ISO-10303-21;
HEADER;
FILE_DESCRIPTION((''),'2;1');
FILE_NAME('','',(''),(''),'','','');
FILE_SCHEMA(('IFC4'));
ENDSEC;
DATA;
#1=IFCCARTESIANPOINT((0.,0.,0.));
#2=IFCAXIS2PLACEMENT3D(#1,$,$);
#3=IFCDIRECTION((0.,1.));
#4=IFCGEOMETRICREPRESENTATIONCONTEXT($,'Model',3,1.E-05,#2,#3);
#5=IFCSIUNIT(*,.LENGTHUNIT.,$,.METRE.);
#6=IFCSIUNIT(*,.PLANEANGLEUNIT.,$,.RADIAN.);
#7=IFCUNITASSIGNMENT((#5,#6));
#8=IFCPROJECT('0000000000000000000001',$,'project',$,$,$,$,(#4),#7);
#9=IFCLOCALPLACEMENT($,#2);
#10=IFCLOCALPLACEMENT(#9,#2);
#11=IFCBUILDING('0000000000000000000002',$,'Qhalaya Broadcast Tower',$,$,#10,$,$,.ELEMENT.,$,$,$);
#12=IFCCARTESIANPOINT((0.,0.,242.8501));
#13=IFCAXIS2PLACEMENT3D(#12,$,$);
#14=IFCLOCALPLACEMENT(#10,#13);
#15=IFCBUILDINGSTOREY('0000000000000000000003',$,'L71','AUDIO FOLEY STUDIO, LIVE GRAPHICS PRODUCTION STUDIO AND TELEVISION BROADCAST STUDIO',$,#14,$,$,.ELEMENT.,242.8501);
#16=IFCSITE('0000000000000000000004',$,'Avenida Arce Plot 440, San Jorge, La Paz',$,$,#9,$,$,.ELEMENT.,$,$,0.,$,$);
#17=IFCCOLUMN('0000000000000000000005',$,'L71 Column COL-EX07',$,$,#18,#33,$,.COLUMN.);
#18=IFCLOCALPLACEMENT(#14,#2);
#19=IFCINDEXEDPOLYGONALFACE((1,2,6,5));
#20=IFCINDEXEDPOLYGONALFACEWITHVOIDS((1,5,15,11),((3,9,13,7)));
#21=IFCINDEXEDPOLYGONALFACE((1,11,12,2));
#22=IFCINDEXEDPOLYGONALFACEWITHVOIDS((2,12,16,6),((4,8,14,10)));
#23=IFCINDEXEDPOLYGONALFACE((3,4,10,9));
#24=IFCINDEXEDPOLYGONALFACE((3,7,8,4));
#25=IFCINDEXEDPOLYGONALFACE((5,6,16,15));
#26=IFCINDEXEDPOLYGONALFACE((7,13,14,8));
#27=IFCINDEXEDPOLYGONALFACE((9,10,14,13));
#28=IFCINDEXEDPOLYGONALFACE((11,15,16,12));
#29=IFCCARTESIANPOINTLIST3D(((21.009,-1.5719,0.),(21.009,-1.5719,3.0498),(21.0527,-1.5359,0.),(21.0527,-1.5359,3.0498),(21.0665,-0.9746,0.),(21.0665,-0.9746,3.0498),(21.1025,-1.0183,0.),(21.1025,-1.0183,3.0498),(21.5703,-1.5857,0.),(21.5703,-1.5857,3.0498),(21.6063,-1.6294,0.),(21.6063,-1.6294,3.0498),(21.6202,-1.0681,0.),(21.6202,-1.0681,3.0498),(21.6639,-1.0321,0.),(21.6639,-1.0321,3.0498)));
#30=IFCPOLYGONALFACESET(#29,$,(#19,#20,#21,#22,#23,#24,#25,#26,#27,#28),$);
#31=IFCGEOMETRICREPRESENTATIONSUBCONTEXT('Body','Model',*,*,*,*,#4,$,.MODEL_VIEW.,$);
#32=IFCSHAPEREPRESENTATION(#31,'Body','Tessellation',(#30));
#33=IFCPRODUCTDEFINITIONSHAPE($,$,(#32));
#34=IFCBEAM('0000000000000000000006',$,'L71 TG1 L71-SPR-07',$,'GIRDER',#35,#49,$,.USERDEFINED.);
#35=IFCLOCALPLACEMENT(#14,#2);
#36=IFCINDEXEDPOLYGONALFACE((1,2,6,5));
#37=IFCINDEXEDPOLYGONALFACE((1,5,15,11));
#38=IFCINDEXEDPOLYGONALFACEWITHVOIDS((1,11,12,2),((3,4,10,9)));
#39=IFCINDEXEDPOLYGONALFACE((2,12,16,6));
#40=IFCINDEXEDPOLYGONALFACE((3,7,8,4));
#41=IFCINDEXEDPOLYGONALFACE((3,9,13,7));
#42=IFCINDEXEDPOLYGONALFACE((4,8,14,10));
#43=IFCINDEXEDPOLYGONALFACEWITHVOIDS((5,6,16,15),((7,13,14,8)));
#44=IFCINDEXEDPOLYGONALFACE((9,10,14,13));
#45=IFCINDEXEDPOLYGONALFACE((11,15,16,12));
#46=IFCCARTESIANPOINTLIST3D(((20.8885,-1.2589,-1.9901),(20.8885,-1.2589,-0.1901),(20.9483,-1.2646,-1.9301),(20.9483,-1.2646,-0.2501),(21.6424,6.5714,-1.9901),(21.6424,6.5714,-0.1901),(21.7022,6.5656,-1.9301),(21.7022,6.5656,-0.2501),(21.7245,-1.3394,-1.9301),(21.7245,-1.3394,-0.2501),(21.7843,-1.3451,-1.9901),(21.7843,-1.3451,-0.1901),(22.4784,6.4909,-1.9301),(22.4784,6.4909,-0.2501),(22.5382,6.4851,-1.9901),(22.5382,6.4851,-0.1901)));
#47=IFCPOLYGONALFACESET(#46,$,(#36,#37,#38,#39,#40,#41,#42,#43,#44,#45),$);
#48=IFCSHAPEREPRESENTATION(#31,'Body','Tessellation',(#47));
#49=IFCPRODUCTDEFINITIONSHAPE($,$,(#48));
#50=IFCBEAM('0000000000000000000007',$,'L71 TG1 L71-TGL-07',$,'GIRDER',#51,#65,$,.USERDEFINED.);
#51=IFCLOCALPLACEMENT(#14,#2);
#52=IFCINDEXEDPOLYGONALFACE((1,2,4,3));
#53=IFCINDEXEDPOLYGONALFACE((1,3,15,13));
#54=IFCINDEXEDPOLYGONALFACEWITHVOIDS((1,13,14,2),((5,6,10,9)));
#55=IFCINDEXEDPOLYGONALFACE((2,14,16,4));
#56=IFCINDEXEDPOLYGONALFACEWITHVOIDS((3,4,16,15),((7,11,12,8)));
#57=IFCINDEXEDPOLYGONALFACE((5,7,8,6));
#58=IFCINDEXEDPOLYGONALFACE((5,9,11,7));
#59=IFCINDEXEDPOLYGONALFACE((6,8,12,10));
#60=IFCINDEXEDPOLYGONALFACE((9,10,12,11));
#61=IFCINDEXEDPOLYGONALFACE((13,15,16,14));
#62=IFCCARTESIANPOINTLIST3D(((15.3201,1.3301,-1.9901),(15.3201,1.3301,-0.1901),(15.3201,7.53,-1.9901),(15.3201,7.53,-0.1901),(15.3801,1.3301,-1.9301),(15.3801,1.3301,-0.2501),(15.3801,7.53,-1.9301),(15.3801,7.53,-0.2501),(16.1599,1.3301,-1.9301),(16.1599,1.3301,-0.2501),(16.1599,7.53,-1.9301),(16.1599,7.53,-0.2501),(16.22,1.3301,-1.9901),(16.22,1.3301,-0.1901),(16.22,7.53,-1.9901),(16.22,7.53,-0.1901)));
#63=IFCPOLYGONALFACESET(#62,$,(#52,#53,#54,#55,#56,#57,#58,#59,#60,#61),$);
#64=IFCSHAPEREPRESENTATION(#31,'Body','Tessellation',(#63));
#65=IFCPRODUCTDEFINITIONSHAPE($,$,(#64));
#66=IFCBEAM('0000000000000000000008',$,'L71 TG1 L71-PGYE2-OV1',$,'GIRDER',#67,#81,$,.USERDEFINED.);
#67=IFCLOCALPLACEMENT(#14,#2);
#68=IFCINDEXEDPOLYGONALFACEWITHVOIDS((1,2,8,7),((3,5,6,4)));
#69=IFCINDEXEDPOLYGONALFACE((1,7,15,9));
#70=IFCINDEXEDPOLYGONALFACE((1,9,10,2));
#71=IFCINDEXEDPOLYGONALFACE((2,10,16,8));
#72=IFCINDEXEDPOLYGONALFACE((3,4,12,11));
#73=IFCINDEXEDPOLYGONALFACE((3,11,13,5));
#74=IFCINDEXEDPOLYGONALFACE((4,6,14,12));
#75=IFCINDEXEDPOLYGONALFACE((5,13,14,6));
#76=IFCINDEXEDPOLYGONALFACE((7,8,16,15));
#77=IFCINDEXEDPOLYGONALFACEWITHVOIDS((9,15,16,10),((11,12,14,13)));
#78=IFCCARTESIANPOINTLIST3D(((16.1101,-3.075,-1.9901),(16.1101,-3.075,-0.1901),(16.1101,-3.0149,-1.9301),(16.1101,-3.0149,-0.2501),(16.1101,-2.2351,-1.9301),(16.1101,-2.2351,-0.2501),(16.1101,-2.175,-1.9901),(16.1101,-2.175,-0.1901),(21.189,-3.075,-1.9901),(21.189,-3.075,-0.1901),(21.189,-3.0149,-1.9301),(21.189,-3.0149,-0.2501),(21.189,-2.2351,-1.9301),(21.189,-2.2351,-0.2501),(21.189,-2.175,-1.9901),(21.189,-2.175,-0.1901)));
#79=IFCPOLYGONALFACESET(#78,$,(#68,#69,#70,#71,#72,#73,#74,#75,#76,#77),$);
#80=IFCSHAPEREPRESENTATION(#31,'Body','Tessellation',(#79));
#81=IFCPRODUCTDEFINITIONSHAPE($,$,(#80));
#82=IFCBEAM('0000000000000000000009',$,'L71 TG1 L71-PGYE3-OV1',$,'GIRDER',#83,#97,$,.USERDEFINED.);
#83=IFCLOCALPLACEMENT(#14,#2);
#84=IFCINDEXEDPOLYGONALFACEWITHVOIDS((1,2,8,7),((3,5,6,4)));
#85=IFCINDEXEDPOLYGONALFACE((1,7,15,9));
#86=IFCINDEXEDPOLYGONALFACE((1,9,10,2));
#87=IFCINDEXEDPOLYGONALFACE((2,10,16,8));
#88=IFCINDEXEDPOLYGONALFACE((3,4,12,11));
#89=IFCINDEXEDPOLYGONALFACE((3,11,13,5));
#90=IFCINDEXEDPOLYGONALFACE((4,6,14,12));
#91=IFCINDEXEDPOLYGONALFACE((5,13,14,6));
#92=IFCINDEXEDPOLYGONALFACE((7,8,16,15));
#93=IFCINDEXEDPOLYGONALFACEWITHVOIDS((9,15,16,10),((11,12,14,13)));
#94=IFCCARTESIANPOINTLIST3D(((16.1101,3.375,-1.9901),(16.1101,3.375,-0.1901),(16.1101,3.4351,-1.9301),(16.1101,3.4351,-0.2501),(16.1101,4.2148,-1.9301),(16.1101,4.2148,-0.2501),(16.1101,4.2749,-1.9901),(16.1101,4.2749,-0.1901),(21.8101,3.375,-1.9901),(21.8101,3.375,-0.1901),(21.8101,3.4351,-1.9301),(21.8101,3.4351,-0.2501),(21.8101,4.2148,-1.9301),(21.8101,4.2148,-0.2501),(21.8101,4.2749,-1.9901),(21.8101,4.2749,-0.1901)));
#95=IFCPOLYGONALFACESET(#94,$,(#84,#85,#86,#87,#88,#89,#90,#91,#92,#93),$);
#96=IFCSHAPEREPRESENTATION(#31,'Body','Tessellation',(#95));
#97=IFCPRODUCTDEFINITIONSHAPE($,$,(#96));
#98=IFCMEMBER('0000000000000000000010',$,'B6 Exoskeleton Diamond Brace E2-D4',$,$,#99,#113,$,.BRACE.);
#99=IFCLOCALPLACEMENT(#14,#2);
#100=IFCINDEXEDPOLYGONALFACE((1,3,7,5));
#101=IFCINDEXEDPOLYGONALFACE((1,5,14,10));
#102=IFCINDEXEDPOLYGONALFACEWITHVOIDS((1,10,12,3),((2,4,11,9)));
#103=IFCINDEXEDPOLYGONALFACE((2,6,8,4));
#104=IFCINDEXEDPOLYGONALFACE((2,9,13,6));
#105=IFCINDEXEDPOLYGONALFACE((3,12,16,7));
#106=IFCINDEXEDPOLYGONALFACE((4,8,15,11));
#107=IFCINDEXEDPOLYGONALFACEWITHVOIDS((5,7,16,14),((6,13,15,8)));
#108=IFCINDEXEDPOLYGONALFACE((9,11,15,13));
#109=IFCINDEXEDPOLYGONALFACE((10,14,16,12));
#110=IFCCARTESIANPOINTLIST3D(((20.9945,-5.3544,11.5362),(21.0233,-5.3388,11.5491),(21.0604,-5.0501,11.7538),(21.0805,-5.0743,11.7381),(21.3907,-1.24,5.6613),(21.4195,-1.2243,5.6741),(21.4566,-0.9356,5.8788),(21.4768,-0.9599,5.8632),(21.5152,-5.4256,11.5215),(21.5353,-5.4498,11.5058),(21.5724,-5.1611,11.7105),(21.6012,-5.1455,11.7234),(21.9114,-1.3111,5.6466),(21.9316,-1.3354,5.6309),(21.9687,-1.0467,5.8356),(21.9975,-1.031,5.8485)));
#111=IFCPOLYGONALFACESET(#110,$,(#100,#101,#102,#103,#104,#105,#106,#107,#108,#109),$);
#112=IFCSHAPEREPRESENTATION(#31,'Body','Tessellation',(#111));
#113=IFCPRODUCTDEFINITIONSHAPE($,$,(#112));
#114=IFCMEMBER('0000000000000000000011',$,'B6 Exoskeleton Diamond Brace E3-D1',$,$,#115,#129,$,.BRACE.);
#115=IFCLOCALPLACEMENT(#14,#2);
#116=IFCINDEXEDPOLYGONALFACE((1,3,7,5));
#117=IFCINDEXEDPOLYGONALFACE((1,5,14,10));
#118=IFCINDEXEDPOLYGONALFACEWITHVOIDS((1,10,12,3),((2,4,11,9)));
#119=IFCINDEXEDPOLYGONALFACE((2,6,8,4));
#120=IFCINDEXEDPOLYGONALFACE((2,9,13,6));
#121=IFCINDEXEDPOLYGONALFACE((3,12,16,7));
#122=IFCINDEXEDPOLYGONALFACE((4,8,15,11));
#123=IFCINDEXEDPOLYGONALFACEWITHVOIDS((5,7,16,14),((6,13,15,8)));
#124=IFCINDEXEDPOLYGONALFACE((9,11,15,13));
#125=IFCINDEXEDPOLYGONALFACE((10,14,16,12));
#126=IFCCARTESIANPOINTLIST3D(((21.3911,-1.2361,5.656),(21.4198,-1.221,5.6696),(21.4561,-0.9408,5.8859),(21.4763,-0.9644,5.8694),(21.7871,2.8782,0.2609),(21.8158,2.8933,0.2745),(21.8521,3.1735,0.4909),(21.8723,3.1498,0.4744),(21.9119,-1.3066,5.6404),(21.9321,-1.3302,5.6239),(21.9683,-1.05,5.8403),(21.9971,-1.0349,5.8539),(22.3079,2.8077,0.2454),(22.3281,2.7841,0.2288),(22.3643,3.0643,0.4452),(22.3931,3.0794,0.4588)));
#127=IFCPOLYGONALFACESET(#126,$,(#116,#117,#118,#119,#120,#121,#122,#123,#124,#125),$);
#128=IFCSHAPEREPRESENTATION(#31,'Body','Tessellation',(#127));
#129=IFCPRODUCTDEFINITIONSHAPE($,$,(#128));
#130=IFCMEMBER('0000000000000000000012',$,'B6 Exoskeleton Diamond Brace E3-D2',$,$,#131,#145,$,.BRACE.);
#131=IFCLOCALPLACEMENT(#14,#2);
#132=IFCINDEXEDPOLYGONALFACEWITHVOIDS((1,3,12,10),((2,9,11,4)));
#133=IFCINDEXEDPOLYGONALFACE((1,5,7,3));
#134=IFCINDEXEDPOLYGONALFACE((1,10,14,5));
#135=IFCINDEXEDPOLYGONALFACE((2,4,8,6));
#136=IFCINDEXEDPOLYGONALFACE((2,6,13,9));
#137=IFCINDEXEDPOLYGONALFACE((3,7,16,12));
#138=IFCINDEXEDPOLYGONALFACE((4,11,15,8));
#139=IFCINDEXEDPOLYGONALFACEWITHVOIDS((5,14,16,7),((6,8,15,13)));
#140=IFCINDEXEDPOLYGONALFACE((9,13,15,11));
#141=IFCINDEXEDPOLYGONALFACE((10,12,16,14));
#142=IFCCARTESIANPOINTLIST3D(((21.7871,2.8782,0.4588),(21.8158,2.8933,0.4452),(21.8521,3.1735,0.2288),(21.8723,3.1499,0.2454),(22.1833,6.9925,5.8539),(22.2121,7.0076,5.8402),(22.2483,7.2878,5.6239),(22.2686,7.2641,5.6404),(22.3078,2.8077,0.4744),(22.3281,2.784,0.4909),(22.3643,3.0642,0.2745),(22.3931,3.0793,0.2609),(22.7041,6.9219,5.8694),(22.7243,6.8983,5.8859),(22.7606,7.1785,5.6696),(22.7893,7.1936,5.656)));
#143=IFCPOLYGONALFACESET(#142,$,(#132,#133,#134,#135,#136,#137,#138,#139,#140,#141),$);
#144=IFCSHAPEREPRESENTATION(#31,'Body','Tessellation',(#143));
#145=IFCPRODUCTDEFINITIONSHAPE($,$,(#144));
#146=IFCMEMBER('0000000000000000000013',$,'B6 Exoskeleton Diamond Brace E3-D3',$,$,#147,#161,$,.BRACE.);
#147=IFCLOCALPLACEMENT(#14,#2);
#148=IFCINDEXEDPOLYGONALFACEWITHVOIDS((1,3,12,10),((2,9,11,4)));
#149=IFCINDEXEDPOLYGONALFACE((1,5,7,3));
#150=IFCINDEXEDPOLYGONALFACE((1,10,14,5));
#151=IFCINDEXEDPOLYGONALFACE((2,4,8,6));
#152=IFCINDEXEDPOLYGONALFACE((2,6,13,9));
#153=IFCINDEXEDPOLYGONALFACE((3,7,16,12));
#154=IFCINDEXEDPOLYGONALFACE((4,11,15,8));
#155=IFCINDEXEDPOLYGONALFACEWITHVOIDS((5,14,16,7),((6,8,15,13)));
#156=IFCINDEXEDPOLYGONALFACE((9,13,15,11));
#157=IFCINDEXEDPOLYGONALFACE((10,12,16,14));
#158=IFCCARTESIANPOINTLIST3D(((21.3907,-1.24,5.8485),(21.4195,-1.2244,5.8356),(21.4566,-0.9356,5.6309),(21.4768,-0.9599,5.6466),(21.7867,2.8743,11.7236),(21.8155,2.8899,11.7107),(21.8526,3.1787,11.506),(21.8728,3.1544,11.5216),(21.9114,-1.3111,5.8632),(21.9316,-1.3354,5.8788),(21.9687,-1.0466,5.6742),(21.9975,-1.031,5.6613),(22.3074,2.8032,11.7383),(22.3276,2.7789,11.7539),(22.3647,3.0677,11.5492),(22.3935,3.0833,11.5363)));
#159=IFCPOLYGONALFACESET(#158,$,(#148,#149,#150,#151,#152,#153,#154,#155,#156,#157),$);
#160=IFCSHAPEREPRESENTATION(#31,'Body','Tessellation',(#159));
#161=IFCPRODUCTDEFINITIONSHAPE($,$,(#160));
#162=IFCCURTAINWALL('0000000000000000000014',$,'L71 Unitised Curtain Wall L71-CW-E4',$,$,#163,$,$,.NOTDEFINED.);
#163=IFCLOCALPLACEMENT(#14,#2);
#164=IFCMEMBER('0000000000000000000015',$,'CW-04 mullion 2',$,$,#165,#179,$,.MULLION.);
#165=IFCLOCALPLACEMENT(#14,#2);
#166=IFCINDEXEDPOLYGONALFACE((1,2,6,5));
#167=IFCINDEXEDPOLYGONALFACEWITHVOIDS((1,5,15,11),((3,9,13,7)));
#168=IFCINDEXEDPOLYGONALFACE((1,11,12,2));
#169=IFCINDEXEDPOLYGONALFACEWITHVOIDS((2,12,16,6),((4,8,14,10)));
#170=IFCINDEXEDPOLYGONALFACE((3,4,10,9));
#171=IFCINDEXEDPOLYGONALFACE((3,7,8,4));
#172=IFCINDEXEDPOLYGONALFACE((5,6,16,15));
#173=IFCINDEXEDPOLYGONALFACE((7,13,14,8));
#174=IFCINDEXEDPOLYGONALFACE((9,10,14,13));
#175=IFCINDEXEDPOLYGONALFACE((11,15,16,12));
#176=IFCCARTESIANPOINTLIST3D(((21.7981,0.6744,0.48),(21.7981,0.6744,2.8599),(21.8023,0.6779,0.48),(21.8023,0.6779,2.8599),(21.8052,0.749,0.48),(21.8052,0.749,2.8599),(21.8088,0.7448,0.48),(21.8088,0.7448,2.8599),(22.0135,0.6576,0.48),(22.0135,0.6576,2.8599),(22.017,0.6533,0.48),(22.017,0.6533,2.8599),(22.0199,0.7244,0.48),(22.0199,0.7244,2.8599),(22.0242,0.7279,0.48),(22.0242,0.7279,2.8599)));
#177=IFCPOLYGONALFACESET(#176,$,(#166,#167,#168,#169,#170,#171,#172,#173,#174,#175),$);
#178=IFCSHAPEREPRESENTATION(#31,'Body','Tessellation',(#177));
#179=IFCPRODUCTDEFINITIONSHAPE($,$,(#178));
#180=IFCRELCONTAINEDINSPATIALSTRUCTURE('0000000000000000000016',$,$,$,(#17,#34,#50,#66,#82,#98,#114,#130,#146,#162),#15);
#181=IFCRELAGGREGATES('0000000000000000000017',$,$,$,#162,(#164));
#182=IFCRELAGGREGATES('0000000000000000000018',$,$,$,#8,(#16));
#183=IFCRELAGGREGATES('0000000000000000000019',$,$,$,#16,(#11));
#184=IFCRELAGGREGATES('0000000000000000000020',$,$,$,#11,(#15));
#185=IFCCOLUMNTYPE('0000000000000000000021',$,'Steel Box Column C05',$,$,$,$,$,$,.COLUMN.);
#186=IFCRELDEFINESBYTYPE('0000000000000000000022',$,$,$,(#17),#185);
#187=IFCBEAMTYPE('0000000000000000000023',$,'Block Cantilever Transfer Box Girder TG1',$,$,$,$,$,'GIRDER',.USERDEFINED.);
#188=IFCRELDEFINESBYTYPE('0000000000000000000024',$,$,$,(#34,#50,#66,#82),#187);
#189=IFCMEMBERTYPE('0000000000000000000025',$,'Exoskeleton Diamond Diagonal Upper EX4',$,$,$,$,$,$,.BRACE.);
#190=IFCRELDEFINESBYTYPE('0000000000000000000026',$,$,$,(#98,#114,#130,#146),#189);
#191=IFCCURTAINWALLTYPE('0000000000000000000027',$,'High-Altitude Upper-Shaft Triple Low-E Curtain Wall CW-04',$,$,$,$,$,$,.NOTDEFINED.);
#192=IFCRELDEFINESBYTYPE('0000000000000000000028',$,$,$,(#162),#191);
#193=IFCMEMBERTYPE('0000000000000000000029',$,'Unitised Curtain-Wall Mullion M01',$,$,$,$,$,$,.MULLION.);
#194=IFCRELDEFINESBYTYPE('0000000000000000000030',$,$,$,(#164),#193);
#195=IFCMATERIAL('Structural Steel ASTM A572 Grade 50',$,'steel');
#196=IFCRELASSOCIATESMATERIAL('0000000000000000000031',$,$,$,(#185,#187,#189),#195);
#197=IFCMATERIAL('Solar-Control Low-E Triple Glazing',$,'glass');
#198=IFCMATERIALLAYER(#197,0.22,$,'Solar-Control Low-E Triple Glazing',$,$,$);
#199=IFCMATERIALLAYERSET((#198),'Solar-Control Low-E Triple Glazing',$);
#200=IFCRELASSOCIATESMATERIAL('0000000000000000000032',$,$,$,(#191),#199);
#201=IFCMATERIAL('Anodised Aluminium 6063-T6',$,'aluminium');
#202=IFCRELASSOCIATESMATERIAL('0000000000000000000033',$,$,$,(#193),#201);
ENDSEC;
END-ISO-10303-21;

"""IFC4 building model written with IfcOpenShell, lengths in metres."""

from ifc_helpers import new_model, si_unit, direction, frame, origin, origin_2d, place, context, subcontext, project, spatial, hollow_rectangle, extrude, material, layer, layer_set, material_profile, profile_set, type_object, element, aggregate, save


model = new_model("IFC4")

# Units and contexts
model_context = context("Model", 3, precision=1e-05, world=origin(), true_north=direction((0.0, 1.0)))
body_context = subcontext(model_context, "Body", "Model", "MODEL_VIEW")
ifc_project = project(units=[si_unit("LENGTHUNIT", "METRE"), si_unit("PLANEANGLEUNIT", "RADIAN")], contexts=[model_context])

# Site, building, storey
site_placement = place(None, origin())
site = spatial("IfcSite", under=ifc_project, at=site_placement, Name="Avenida Arce Plot 440, San Jorge, La Paz", CompositionType="ELEMENT", RefElevation=0.0)
building_placement = place(site_placement, origin())
building = spatial("IfcBuilding", under=site, at=building_placement, Name="Qhalaya Broadcast Tower", CompositionType="ELEMENT")
storey_placement = place(building_placement, frame((0.0, 0.0, 242.8501)))
storey = spatial("IfcBuildingStorey", under=building, at=storey_placement, Name="L71", Description="AUDIO FOLEY STUDIO, LIVE GRAPHICS PRODUCTION STUDIO AND TELEVISION BROADCAST STUDIO", CompositionType="ELEMENT", Elevation=242.8501)

# Column
ifc_material_1 = material(Name="Structural Steel ASTM A572 Grade 50", Category="steel")
ifc_material_profile_1 = material_profile(ifc_material_1, hollow_rectangle(XDim=0.6001, YDim=0.6001, WallThickness=0.04, at=origin_2d()), Name="BOX 600x600x40")
ifc_profile_set_1 = profile_set([ifc_material_profile_1], Name="Structural Steel ASTM A572 Grade 50")
column_type = type_object("IfcColumnType", Name="Steel Box Column C05", PredefinedType="COLUMN", material=ifc_profile_set_1)
column_placement = place(storey_placement, frame((21.3364, -1.302, 0.0), z_axis=(0.0, 0.0, 1.0), x_axis=(0.095846, 0.995396, 0.0)))
element("IfcColumn", 1, at=column_placement, inside=storey, type_object=column_type, Name="L71 Column COL-EX07", PredefinedType="COLUMN", context=body_context, shape_type="SweptSolid", body=[
    extrude(hollow_rectangle(XDim=0.6001, YDim=0.6001, WallThickness=0.04, at=origin_2d()), origin(), (0.0, 0.0, 1.0), 3.0498),
])

# Beams
ifc_material_profile_2 = material_profile(ifc_material_1, hollow_rectangle(XDim=0.8999, YDim=1.8, WallThickness=0.0601, at=origin_2d()), Name="BOX 900x1800x60")
ifc_profile_set_2 = profile_set([ifc_material_profile_2], Name="Structural Steel ASTM A572 Grade 50")
beam_type = type_object("IfcBeamType", Name="Block Cantilever Transfer Box Girder TG1", ElementType="GIRDER", PredefinedType="USERDEFINED", material=ifc_profile_set_2)
beam_1_placement = place(storey_placement, frame((21.3364, -1.302, -1.0901), z_axis=(0.095837, 0.995397, 0.0), x_axis=(-0.995397, 0.095837, 0.0)))
element("IfcBeam", 2, at=beam_1_placement, inside=storey, type_object=beam_type, Name="L71 TG1 L71-SPR-07", ObjectType="GIRDER", PredefinedType="USERDEFINED", context=body_context, shape_type="SweptSolid", body=[
    extrude(hollow_rectangle(XDim=0.8999, YDim=1.8, WallThickness=0.0601, at=origin_2d()), origin(), (0.0, 0.0, 1.0), 7.8665),
])
beam_2_placement = place(storey_placement, frame((15.77, 1.3301, -1.0901), z_axis=(0.0, 1.0, 0.0), x_axis=(-1.0, 0.0, 0.0)))
element("IfcBeam", 3, at=beam_2_placement, inside=storey, type_object=beam_type, Name="L71 TG1 L71-TGL-07", ObjectType="GIRDER", PredefinedType="USERDEFINED", context=body_context, shape_type="SweptSolid", body=[
    extrude(hollow_rectangle(XDim=0.8999, YDim=1.8, WallThickness=0.0601, at=origin_2d()), origin(), (0.0, 0.0, 1.0), 6.2),
])
beam_3_placement = place(storey_placement, frame((16.1101, -2.625, -1.0901), z_axis=(1.0, 0.0, 0.0), x_axis=(0.0, 1.0, 0.0)))
element("IfcBeam", 4, at=beam_3_placement, inside=storey, type_object=beam_type, Name="L71 TG1 L71-PGYE2-OV1", ObjectType="GIRDER", PredefinedType="USERDEFINED", context=body_context, shape_type="SweptSolid", body=[
    extrude(hollow_rectangle(XDim=0.8999, YDim=1.8, WallThickness=0.0601, at=origin_2d()), origin(), (0.0, 0.0, 1.0), 5.0789),
])
beam_4_placement = place(storey_placement, frame((16.1101, 3.825, -1.0901), z_axis=(1.0, 0.0, 0.0), x_axis=(0.0, 1.0, 0.0)))
element("IfcBeam", 5, at=beam_4_placement, inside=storey, type_object=beam_type, Name="L71 TG1 L71-PGYE3-OV1", ObjectType="GIRDER", PredefinedType="USERDEFINED", context=body_context, shape_type="SweptSolid", body=[
    extrude(hollow_rectangle(XDim=0.8999, YDim=1.8, WallThickness=0.0601, at=origin_2d()), origin(), (0.0, 0.0, 1.0), 5.7),
])

# Members
ifc_material_profile_3 = material_profile(ifc_material_1, hollow_rectangle(XDim=0.3799, YDim=0.55, WallThickness=0.0249, at=origin_2d()), Name="BOX 380x550x25")
ifc_profile_set_3 = profile_set([ifc_material_profile_3], Name="Structural Steel ASTM A572 Grade 50")
member_type_1 = type_object("IfcMemberType", Name="Exoskeleton Diamond Diagonal Upper EX4", PredefinedType="BRACE", material=ifc_profile_set_3)
member_1_placement = place(storey_placement, frame((21.6941, -1.1355, 5.7549), z_axis=(-0.05516, -0.572776, 0.817854), x_axis=(0.173443, 0.801152, 0.572777)))
element("IfcMember", 6, at=member_1_placement, inside=storey, type_object=member_type_1, Name="B6 Exoskeleton Diamond Brace E2-D4", PredefinedType="BRACE", context=body_context, shape_type="SweptSolid", body=[
    extrude(hollow_rectangle(XDim=0.3799, YDim=0.55, WallThickness=0.0249, at=origin_2d()), origin(), (0.0, 0.0, 1.0), 7.1833),
])
for number, where, z_axis, x_axis, name in (
    (7, (22.0901, 2.9788, 0.3599), (-0.058266, -0.605364, 0.793813), (0.171108, 0.777341, 0.605362), "B6 Exoskeleton Diamond Brace E3-D1"),
    (8, (22.0901, 2.9788, 0.3599), (0.058302, 0.605363, 0.793811), (-0.171153, -0.777329, 0.605364), "B6 Exoskeleton Diamond Brace E3-D2"),
):
    element("IfcMember", number, at=place(storey_placement, frame(where, z_axis=z_axis, x_axis=x_axis)), inside=storey, type_object=member_type_1, Name=name, PredefinedType="BRACE", context=body_context, shape_type="SweptSolid", body=[
        extrude(hollow_rectangle(XDim=0.3799, YDim=0.55, WallThickness=0.0249, at=origin_2d()), origin(), (0.0, 0.0, 1.0), 6.7964),
    ])
member_2_placement = place(storey_placement, frame((21.6941, -1.1355, 5.7549), z_axis=(0.055127, 0.572755, 0.817871), x_axis=(-0.173402, -0.801178, 0.572752)))
element("IfcMember", 9, at=member_2_placement, inside=storey, type_object=member_type_1, Name="B6 Exoskeleton Diamond Brace E3-D3", PredefinedType="BRACE", context=body_context, shape_type="SweptSolid", body=[
    extrude(hollow_rectangle(XDim=0.3799, YDim=0.55, WallThickness=0.0249, at=origin_2d()), origin(), (0.0, 0.0, 1.0), 7.1833),
])

# Curtain wall, member
ifc_material_2 = material(Name="Solar-Control Low-E Triple Glazing", Category="glass")
ifc_layer_1 = layer(ifc_material_2, 0.22, Name="Solar-Control Low-E Triple Glazing")
ifc_layer_set_1 = layer_set([ifc_layer_1], Name="Solar-Control Low-E Triple Glazing")
curtain_wall_type_1 = type_object("IfcCurtainWallType", Name="High-Altitude Upper-Shaft Triple Low-E Curtain Wall CW-04", PredefinedType="NOTDEFINED", material=ifc_layer_set_1)
curtain_wall_1_placement = place(storey_placement, origin())
curtain_wall_1 = element("IfcCurtainWall", 10, at=curtain_wall_1_placement, inside=storey, type_object=curtain_wall_type_1, Name="L71 Unitised Curtain Wall L71-CW-E4", PredefinedType="NOTDEFINED")
ifc_material_3 = material(Name="Anodised Aluminium 6063-T6", Category="aluminium")
ifc_material_profile_4 = material_profile(ifc_material_3, hollow_rectangle(XDim=0.075, YDim=0.22, WallThickness=0.0039, at=origin_2d()), Name="ALU-MUL 75x220x4")
ifc_profile_set_4 = profile_set([ifc_material_profile_4], Name="Anodised Aluminium 6063-T6")
member_type_2 = type_object("IfcMemberType", Name="Unitised Curtain-Wall Mullion M01", PredefinedType="MULLION", material=ifc_profile_set_4)
member_3_placement = place(storey_placement, frame((21.9111, 0.7012, 0.48), z_axis=(0.0, 0.0, 1.0), x_axis=(0.09584, 0.995397, 0.0)))
member_3 = element("IfcMember", 11, at=member_3_placement, type_object=member_type_2, Name="CW-04 mullion 2", PredefinedType="MULLION", context=body_context, shape_type="SweptSolid", body=[
    extrude(hollow_rectangle(XDim=0.075, YDim=0.22, WallThickness=0.0039, at=origin_2d()), origin(), (0.0, 0.0, 1.0), 2.3799),
])

aggregate(curtain_wall_1, [member_3])

save(model, "model.ifc")
